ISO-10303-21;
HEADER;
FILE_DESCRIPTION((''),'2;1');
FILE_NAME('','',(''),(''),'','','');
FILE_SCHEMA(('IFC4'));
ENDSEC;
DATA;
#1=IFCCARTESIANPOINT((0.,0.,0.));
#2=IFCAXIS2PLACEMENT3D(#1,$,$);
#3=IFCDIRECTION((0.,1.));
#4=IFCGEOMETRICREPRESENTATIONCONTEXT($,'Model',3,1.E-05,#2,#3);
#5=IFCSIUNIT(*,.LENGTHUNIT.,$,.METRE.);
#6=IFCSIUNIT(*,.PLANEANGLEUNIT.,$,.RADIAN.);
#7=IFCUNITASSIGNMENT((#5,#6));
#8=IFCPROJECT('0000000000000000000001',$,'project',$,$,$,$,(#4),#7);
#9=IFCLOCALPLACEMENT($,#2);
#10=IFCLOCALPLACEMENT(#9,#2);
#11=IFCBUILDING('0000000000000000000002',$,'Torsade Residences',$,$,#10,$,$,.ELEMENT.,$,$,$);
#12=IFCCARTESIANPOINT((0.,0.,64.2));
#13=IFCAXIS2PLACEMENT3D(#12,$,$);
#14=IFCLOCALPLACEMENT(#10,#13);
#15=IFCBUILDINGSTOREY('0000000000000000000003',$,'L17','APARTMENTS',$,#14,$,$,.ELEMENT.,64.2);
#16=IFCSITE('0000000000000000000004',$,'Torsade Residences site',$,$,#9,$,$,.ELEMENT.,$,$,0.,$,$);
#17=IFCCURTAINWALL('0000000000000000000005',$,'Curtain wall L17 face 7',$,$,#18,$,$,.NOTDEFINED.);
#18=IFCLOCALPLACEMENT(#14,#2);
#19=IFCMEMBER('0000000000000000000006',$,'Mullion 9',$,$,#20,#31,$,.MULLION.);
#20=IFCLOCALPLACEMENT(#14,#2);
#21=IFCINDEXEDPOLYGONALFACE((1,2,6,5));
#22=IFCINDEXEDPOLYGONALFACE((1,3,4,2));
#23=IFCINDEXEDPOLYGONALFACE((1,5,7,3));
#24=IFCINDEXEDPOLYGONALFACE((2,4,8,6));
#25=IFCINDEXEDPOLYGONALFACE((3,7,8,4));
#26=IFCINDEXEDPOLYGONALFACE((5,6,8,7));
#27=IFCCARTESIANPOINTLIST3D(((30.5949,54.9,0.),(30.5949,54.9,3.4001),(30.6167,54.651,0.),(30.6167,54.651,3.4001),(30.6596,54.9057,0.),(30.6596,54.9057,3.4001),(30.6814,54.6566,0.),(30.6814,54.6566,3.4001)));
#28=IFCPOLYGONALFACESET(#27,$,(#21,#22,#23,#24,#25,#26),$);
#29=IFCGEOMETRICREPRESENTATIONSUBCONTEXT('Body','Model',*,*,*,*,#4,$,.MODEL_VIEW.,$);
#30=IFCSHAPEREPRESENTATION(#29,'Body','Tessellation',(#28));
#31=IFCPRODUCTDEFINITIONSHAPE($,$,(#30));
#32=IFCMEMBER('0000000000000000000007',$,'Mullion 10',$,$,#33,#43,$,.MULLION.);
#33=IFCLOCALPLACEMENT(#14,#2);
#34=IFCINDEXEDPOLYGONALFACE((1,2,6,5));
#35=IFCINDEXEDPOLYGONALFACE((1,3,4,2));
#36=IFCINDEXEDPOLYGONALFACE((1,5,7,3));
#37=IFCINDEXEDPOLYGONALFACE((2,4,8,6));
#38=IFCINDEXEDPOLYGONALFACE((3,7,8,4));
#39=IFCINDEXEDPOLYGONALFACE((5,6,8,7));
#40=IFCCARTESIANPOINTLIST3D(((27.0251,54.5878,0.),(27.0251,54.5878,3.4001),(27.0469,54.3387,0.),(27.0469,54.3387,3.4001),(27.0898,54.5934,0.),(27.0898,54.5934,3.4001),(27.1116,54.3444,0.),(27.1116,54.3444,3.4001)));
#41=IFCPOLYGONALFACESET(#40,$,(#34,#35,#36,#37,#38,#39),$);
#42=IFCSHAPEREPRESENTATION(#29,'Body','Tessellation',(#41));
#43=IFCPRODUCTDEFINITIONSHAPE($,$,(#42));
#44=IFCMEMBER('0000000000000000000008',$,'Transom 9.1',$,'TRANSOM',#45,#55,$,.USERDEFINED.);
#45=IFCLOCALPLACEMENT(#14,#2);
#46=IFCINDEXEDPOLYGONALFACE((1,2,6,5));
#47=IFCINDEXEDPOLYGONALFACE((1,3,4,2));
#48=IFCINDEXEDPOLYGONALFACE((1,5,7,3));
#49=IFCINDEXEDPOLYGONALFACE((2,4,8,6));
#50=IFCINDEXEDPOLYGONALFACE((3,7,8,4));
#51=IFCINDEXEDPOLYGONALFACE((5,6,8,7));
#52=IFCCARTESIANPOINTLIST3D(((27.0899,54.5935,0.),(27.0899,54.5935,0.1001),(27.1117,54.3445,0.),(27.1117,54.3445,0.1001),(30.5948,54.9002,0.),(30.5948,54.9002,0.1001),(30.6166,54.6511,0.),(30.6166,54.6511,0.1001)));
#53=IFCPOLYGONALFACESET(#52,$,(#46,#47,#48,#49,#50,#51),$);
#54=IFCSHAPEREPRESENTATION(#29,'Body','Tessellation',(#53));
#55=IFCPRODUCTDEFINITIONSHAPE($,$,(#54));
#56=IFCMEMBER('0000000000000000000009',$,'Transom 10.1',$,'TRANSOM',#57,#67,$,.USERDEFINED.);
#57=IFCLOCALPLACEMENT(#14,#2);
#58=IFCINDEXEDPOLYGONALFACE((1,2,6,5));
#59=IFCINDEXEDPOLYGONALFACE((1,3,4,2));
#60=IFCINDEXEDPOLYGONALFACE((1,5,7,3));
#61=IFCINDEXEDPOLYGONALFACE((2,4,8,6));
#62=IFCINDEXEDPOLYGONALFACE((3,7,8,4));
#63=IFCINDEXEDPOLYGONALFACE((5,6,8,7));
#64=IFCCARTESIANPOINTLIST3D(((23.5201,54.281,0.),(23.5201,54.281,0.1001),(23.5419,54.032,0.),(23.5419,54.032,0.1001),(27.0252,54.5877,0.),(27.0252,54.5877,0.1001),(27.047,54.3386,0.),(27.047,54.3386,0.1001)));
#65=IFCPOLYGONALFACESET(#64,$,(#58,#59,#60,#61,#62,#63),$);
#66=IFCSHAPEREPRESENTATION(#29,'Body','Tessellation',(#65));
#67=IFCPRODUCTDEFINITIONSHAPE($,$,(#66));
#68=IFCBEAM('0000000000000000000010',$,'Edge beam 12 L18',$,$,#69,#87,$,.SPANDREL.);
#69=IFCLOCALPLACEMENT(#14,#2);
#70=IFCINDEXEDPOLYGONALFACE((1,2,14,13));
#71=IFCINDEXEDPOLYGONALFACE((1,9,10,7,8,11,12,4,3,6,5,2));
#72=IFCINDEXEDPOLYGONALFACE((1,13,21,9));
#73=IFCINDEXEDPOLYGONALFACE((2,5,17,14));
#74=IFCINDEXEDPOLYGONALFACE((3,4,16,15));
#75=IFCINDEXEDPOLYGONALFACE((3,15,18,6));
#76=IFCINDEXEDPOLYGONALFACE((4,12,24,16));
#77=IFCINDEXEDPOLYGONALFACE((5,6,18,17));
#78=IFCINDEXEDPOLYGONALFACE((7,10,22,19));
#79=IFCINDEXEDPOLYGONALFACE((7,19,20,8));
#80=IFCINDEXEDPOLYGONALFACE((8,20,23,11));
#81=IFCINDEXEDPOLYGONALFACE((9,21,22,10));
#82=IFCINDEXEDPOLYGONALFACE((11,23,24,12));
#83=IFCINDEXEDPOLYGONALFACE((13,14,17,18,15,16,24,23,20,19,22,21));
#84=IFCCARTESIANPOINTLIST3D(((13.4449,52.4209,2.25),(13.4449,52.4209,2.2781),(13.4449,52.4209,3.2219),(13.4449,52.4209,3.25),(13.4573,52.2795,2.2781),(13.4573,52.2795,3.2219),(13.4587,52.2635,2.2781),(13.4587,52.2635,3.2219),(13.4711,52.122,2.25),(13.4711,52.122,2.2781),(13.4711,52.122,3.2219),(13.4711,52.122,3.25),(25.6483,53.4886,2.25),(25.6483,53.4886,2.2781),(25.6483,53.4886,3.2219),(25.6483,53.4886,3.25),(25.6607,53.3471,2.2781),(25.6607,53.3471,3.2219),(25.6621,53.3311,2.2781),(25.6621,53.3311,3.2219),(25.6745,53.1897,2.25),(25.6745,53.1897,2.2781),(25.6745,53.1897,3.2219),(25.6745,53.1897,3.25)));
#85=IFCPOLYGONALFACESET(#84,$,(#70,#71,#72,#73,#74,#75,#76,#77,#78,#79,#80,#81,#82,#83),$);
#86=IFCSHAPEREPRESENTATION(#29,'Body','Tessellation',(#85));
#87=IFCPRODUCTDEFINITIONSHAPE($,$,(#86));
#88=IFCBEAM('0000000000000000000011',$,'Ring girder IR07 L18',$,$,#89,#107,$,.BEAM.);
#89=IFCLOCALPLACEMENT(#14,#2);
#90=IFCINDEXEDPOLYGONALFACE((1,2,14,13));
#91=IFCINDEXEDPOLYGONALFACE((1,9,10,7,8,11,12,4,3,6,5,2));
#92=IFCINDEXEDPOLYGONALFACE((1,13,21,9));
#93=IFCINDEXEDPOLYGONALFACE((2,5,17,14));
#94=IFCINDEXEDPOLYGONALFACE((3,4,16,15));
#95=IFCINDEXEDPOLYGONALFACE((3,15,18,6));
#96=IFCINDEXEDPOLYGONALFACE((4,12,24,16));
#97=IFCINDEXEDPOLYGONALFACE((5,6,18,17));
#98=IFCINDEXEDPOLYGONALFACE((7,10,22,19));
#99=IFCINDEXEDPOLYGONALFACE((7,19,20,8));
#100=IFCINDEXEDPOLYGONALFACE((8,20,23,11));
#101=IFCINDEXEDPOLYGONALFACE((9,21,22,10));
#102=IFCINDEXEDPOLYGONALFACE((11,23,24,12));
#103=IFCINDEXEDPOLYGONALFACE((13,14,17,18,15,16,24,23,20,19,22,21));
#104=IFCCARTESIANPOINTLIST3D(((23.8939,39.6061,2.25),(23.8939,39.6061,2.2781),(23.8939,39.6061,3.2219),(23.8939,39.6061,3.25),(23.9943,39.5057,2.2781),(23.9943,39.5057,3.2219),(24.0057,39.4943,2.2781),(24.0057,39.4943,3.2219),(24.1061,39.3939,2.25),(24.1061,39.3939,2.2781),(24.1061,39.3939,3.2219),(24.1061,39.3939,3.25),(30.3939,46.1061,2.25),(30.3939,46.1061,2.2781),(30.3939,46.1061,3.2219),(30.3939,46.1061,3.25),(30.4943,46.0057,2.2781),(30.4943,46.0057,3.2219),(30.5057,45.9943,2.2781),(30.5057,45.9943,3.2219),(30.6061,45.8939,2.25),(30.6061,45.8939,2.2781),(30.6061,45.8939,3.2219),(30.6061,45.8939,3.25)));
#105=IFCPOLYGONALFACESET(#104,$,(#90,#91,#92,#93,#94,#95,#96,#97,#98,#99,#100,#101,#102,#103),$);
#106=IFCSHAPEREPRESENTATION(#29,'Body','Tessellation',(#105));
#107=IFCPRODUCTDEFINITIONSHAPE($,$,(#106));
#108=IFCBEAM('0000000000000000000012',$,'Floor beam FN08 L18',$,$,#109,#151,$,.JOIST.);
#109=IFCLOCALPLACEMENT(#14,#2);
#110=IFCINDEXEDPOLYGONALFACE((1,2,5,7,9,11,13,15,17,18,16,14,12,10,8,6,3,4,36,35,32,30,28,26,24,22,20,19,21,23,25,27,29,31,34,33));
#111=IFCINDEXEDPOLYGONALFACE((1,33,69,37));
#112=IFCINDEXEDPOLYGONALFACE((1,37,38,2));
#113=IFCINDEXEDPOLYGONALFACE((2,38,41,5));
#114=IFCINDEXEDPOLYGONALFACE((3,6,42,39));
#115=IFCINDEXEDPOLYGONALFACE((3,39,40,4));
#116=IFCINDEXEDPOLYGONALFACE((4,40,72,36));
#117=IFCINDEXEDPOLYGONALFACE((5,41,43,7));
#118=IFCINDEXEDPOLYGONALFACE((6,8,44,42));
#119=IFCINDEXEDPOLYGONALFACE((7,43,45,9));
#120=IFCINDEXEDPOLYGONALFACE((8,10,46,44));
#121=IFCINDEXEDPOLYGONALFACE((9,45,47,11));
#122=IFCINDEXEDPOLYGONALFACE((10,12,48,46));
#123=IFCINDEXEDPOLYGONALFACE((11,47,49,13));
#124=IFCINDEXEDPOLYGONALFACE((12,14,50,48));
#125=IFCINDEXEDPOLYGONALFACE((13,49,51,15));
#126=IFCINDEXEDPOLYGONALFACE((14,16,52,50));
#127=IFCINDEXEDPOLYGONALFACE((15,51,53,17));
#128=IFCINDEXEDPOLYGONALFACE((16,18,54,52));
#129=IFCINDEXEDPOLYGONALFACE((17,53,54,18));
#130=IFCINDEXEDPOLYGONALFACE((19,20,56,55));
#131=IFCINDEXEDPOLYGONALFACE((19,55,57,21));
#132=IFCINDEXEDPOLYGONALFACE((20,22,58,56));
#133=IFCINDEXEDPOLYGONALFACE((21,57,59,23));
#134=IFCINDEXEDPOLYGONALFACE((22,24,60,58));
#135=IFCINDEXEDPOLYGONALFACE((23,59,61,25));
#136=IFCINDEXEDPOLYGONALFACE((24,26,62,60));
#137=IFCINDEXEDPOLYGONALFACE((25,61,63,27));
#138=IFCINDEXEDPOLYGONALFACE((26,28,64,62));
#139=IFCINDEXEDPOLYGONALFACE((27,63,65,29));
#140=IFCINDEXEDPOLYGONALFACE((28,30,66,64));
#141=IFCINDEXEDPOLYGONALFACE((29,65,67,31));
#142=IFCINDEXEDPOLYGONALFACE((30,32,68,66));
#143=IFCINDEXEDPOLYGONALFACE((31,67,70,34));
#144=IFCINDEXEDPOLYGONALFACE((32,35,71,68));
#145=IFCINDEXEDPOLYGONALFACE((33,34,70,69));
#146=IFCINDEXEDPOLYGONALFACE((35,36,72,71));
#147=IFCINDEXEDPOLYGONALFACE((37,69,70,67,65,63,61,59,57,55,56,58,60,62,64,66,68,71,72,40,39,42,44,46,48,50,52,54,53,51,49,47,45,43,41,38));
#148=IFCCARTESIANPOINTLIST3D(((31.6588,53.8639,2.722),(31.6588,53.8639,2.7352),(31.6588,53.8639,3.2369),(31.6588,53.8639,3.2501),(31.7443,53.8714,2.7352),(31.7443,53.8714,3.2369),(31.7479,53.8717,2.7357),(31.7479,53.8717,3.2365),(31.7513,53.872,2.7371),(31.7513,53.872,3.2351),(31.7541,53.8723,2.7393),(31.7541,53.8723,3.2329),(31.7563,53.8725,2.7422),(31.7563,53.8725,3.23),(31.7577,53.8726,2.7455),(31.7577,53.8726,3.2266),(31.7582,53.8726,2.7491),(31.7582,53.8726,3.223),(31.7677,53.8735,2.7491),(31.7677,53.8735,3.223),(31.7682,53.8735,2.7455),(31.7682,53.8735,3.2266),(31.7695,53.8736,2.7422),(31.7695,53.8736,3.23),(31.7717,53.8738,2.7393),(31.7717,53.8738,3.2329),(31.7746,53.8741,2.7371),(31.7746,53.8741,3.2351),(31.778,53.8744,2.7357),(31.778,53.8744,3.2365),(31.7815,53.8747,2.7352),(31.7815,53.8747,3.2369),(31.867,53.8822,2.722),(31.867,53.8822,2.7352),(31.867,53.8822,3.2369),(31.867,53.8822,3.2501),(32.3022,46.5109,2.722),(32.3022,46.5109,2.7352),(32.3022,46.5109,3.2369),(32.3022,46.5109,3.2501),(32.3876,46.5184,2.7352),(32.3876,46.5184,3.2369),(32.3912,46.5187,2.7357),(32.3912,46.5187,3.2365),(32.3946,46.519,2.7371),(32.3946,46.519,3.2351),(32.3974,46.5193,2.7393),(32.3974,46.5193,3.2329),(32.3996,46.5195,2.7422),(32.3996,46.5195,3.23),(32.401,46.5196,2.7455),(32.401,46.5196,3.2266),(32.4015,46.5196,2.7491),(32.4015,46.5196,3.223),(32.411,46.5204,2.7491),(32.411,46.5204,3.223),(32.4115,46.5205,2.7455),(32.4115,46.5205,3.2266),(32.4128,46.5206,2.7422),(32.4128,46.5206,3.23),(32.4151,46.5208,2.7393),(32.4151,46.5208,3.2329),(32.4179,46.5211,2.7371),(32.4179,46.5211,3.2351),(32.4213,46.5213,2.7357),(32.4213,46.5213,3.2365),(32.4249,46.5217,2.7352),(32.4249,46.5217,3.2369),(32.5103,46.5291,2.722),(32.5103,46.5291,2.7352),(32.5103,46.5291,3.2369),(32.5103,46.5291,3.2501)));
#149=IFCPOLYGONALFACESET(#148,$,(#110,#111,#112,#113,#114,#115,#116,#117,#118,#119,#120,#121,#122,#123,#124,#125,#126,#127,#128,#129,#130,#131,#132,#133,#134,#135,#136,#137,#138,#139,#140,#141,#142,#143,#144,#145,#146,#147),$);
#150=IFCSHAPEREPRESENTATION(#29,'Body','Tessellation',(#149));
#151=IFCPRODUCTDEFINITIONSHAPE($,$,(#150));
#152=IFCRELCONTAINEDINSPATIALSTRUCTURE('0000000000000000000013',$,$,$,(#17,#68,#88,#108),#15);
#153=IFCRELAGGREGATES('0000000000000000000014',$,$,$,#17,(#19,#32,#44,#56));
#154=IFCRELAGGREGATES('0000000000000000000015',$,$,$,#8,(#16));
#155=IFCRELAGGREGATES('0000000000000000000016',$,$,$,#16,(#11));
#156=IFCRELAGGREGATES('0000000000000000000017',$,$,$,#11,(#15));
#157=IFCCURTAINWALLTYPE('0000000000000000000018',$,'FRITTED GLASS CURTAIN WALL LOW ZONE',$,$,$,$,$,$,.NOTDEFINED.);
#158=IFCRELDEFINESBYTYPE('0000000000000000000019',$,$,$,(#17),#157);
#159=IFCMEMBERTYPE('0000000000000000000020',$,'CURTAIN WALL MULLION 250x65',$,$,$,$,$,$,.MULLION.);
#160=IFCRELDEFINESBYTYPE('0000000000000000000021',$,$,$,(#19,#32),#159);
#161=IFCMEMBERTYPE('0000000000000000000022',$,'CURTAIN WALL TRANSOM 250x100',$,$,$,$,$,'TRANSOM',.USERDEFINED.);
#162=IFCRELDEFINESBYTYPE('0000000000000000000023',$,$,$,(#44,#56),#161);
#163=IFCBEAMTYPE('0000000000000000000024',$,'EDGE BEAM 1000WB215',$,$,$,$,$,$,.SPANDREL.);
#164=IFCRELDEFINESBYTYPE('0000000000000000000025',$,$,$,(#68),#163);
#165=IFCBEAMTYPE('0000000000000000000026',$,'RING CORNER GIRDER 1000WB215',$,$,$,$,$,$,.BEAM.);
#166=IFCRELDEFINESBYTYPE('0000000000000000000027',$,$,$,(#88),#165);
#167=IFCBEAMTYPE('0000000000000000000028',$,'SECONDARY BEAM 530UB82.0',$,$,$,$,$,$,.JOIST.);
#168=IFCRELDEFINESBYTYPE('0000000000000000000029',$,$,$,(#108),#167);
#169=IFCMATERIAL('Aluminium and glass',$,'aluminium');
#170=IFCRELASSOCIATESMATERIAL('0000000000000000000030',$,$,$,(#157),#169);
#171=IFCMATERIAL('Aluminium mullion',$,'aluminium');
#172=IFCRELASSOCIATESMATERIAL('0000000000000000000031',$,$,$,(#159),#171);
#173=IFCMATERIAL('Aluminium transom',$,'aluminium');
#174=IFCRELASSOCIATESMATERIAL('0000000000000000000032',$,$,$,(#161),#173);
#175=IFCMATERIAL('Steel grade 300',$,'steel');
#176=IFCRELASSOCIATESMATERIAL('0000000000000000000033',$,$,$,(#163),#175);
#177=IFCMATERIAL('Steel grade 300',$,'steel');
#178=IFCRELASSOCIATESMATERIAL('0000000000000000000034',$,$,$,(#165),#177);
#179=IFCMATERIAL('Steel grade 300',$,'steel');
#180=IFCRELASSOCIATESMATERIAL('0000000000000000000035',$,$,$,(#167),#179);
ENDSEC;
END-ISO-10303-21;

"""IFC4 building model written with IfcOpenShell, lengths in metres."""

from ifc_helpers import new_model, si_unit, direction, frame, origin, origin_2d, place, context, subcontext, project, spatial, rectangle, i_section, extrude, material, material_profile, profile_set, type_object, element, aggregate, save


model = new_model("IFC4")

# Units and contexts
model_context = context("Model", 3, precision=1e-05, world=origin(), true_north=direction((0.0, 1.0)))
body_context = subcontext(model_context, "Body", "Model", "MODEL_VIEW")
ifc_project = project(units=[si_unit("LENGTHUNIT", "METRE"), si_unit("PLANEANGLEUNIT", "RADIAN")], contexts=[model_context])

# Site, building, storey
site_placement = place(None, origin())
site = spatial("IfcSite", under=ifc_project, at=site_placement, Name="Torsade Residences site", CompositionType="ELEMENT", RefElevation=0.0)
building_placement = place(site_placement, origin())
building = spatial("IfcBuilding", under=site, at=building_placement, Name="Torsade Residences", CompositionType="ELEMENT")
storey_placement = place(building_placement, frame((0.0, 0.0, 64.2)))
storey = spatial("IfcBuildingStorey", under=building, at=storey_placement, Name="L17", Description="APARTMENTS", CompositionType="ELEMENT", Elevation=64.2)

# Curtain wall, members
ifc_material_1 = material(Name="Aluminium and glass", Category="aluminium")
curtain_wall_type = type_object("IfcCurtainWallType", Name="FRITTED GLASS CURTAIN WALL LOW ZONE", PredefinedType="NOTDEFINED", material=ifc_material_1)
curtain_wall_placement = place(storey_placement, origin())
curtain_wall = element("IfcCurtainWall", 1, at=curtain_wall_placement, inside=storey, type_object=curtain_wall_type, Name="Curtain wall L17 face 7", PredefinedType="NOTDEFINED")
ifc_material_2 = material(Name="Aluminium mullion", Category="aluminium")
ifc_material_profile_1 = material_profile(ifc_material_2, rectangle(XDim=0.25, YDim=0.0649, at=origin_2d()), Name="CURTAIN WALL MULLION 250x65")
ifc_profile_set_1 = profile_set([ifc_material_profile_1], Name="Aluminium mullion")
member_type_1 = type_object("IfcMemberType", Name="CURTAIN WALL MULLION 250x65", PredefinedType="MULLION", material=ifc_profile_set_1)
member_1_placement = place(storey_placement, frame((30.6382, 54.7783, 0.0), z_axis=(0.0, 0.0, 1.0), x_axis=(0.087156, -0.996195, 0.0)))
member_1 = element("IfcMember", 2, at=member_1_placement, type_object=member_type_1, Name="Mullion 9", PredefinedType="MULLION", context=body_context, shape_type="SweptSolid", body=[
    extrude(rectangle(XDim=0.25, YDim=0.0649, at=origin_2d()), origin(), (0.0, 0.0, 1.0), 3.4001),
])
member_2_placement = place(storey_placement, frame((27.0684, 54.4661, 0.0), z_axis=(0.0, 0.0, 1.0), x_axis=(0.087156, -0.996195, 0.0)))
member_2 = element("IfcMember", 3, at=member_2_placement, type_object=member_type_1, Name="Mullion 10", PredefinedType="MULLION", context=body_context, shape_type="SweptSolid", body=[
    extrude(rectangle(XDim=0.25, YDim=0.0649, at=origin_2d()), origin(), (0.0, 0.0, 1.0), 3.4001),
])
ifc_material_3 = material(Name="Aluminium transom", Category="aluminium")
ifc_material_profile_2 = material_profile(ifc_material_3, rectangle(XDim=0.25, YDim=0.1001, at=origin_2d()), Name="CURTAIN WALL TRANSOM 250x100")
ifc_profile_set_2 = profile_set([ifc_material_profile_2], Name="Aluminium transom")
member_type_2 = type_object("IfcMemberType", Name="CURTAIN WALL TRANSOM 250x100", ElementType="TRANSOM", PredefinedType="USERDEFINED", material=ifc_profile_set_2)
member_3_placement = place(storey_placement, frame((30.6057, 54.7756, 0.05), z_axis=(-0.996195, -0.087157, 0.0), x_axis=(0.087157, -0.996195, 0.0)))
member_3 = element("IfcMember", 4, at=member_3_placement, type_object=member_type_2, Name="Transom 9.1", ObjectType="TRANSOM", PredefinedType="USERDEFINED", context=body_context, shape_type="SweptSolid", body=[
    extrude(rectangle(XDim=0.25, YDim=0.1001, at=origin_2d()), origin(), (0.0, 0.0, 1.0), 3.5183),
])
member_4_placement = place(storey_placement, frame((27.0361, 54.4631, 0.05), z_axis=(-0.996195, -0.087151, 0.0), x_axis=(0.087151, -0.996195, 0.0)))
member_4 = element("IfcMember", 5, at=member_4_placement, type_object=member_type_2, Name="Transom 10.1", ObjectType="TRANSOM", PredefinedType="USERDEFINED", context=body_context, shape_type="SweptSolid", body=[
    extrude(rectangle(XDim=0.25, YDim=0.1001, at=origin_2d()), origin(), (0.0, 0.0, 1.0), 3.5186),
])

# Beams
ifc_material_4 = material(Name="Steel grade 300", Category="steel")
ifc_material_profile_3 = material_profile(ifc_material_4, i_section(OverallWidth=0.3, OverallDepth=1.0, WebThickness=0.0161, FlangeThickness=0.0281, at=origin_2d()), Name="1000WB215")
ifc_profile_set_3 = profile_set([ifc_material_profile_3], Name="Steel grade 300")
beam_type_1 = type_object("IfcBeamType", Name="EDGE BEAM 1000WB215", PredefinedType="SPANDREL", material=ifc_profile_set_3)
beam_1_placement = place(storey_placement, frame((25.6614, 53.3391, 2.75), z_axis=(-0.996195, -0.087153, 0.0), x_axis=(0.087153, -0.996195, 0.0)))
element("IfcBeam", 6, at=beam_1_placement, inside=storey, type_object=beam_type_1, Name="Edge beam 12 L18", PredefinedType="SPANDREL", context=body_context, shape_type="SweptSolid", body=[
    extrude(i_section(OverallWidth=0.3, OverallDepth=1.0, WebThickness=0.0161, FlangeThickness=0.0281, at=origin_2d()), origin(), (0.0, 0.0, 1.0), 12.25),
])
ifc_material_5 = material(Name="Steel grade 300", Category="steel")
ifc_material_profile_4 = material_profile(ifc_material_5, i_section(OverallWidth=0.3, OverallDepth=1.0, WebThickness=0.0161, FlangeThickness=0.0281, at=origin_2d()), Name="1000WB215")
ifc_profile_set_4 = profile_set([ifc_material_profile_4], Name="Steel grade 300")
beam_type_2 = type_object("IfcBeamType", Name="RING CORNER GIRDER 1000WB215", PredefinedType="BEAM", material=ifc_profile_set_4)
beam_2_placement = place(storey_placement, frame((30.5, 46.0, 2.75), z_axis=(-0.707107, -0.707107, 0.0), x_axis=(0.707107, -0.707107, 0.0)))
element("IfcBeam", 7, at=beam_2_placement, inside=storey, type_object=beam_type_2, Name="Ring girder IR07 L18", PredefinedType="BEAM", context=body_context, shape_type="SweptSolid", body=[
    extrude(i_section(OverallWidth=0.3, OverallDepth=1.0, WebThickness=0.0161, FlangeThickness=0.0281, at=origin_2d()), origin(), (0.0, 0.0, 1.0), 9.1924),
])
ifc_material_6 = material(Name="Steel grade 300", Category="steel")
ifc_material_profile_5 = material_profile(ifc_material_6, i_section(OverallWidth=0.209, OverallDepth=0.5281, WebThickness=0.0095, FlangeThickness=0.0132, FilletRadius=0.0139, at=origin_2d()), Name="530UB82.0")
ifc_profile_set_5 = profile_set([ifc_material_profile_5], Name="Steel grade 300")
beam_type_3 = type_object("IfcBeamType", Name="SECONDARY BEAM 530UB82.0", PredefinedType="JOIST", material=ifc_profile_set_5)
beam_3_placement = place(storey_placement, frame((31.7629, 53.873, 2.9861), z_axis=(0.087156, -0.996195, 0.0), x_axis=(0.996195, 0.087156, 0.0)))
element("IfcBeam", 8, at=beam_3_placement, inside=storey, type_object=beam_type_3, Name="Floor beam FN08 L18", PredefinedType="JOIST", context=body_context, shape_type="SweptSolid", body=[
    extrude(i_section(OverallWidth=0.209, OverallDepth=0.5281, WebThickness=0.0095, FlangeThickness=0.0132, FilletRadius=0.0139, at=origin_2d()), origin(), (0.0, 0.0, 1.0), 7.3811),
])

aggregate(curtain_wall, [member_1, member_2, member_3, member_4])

save(model, "model.ifc")
